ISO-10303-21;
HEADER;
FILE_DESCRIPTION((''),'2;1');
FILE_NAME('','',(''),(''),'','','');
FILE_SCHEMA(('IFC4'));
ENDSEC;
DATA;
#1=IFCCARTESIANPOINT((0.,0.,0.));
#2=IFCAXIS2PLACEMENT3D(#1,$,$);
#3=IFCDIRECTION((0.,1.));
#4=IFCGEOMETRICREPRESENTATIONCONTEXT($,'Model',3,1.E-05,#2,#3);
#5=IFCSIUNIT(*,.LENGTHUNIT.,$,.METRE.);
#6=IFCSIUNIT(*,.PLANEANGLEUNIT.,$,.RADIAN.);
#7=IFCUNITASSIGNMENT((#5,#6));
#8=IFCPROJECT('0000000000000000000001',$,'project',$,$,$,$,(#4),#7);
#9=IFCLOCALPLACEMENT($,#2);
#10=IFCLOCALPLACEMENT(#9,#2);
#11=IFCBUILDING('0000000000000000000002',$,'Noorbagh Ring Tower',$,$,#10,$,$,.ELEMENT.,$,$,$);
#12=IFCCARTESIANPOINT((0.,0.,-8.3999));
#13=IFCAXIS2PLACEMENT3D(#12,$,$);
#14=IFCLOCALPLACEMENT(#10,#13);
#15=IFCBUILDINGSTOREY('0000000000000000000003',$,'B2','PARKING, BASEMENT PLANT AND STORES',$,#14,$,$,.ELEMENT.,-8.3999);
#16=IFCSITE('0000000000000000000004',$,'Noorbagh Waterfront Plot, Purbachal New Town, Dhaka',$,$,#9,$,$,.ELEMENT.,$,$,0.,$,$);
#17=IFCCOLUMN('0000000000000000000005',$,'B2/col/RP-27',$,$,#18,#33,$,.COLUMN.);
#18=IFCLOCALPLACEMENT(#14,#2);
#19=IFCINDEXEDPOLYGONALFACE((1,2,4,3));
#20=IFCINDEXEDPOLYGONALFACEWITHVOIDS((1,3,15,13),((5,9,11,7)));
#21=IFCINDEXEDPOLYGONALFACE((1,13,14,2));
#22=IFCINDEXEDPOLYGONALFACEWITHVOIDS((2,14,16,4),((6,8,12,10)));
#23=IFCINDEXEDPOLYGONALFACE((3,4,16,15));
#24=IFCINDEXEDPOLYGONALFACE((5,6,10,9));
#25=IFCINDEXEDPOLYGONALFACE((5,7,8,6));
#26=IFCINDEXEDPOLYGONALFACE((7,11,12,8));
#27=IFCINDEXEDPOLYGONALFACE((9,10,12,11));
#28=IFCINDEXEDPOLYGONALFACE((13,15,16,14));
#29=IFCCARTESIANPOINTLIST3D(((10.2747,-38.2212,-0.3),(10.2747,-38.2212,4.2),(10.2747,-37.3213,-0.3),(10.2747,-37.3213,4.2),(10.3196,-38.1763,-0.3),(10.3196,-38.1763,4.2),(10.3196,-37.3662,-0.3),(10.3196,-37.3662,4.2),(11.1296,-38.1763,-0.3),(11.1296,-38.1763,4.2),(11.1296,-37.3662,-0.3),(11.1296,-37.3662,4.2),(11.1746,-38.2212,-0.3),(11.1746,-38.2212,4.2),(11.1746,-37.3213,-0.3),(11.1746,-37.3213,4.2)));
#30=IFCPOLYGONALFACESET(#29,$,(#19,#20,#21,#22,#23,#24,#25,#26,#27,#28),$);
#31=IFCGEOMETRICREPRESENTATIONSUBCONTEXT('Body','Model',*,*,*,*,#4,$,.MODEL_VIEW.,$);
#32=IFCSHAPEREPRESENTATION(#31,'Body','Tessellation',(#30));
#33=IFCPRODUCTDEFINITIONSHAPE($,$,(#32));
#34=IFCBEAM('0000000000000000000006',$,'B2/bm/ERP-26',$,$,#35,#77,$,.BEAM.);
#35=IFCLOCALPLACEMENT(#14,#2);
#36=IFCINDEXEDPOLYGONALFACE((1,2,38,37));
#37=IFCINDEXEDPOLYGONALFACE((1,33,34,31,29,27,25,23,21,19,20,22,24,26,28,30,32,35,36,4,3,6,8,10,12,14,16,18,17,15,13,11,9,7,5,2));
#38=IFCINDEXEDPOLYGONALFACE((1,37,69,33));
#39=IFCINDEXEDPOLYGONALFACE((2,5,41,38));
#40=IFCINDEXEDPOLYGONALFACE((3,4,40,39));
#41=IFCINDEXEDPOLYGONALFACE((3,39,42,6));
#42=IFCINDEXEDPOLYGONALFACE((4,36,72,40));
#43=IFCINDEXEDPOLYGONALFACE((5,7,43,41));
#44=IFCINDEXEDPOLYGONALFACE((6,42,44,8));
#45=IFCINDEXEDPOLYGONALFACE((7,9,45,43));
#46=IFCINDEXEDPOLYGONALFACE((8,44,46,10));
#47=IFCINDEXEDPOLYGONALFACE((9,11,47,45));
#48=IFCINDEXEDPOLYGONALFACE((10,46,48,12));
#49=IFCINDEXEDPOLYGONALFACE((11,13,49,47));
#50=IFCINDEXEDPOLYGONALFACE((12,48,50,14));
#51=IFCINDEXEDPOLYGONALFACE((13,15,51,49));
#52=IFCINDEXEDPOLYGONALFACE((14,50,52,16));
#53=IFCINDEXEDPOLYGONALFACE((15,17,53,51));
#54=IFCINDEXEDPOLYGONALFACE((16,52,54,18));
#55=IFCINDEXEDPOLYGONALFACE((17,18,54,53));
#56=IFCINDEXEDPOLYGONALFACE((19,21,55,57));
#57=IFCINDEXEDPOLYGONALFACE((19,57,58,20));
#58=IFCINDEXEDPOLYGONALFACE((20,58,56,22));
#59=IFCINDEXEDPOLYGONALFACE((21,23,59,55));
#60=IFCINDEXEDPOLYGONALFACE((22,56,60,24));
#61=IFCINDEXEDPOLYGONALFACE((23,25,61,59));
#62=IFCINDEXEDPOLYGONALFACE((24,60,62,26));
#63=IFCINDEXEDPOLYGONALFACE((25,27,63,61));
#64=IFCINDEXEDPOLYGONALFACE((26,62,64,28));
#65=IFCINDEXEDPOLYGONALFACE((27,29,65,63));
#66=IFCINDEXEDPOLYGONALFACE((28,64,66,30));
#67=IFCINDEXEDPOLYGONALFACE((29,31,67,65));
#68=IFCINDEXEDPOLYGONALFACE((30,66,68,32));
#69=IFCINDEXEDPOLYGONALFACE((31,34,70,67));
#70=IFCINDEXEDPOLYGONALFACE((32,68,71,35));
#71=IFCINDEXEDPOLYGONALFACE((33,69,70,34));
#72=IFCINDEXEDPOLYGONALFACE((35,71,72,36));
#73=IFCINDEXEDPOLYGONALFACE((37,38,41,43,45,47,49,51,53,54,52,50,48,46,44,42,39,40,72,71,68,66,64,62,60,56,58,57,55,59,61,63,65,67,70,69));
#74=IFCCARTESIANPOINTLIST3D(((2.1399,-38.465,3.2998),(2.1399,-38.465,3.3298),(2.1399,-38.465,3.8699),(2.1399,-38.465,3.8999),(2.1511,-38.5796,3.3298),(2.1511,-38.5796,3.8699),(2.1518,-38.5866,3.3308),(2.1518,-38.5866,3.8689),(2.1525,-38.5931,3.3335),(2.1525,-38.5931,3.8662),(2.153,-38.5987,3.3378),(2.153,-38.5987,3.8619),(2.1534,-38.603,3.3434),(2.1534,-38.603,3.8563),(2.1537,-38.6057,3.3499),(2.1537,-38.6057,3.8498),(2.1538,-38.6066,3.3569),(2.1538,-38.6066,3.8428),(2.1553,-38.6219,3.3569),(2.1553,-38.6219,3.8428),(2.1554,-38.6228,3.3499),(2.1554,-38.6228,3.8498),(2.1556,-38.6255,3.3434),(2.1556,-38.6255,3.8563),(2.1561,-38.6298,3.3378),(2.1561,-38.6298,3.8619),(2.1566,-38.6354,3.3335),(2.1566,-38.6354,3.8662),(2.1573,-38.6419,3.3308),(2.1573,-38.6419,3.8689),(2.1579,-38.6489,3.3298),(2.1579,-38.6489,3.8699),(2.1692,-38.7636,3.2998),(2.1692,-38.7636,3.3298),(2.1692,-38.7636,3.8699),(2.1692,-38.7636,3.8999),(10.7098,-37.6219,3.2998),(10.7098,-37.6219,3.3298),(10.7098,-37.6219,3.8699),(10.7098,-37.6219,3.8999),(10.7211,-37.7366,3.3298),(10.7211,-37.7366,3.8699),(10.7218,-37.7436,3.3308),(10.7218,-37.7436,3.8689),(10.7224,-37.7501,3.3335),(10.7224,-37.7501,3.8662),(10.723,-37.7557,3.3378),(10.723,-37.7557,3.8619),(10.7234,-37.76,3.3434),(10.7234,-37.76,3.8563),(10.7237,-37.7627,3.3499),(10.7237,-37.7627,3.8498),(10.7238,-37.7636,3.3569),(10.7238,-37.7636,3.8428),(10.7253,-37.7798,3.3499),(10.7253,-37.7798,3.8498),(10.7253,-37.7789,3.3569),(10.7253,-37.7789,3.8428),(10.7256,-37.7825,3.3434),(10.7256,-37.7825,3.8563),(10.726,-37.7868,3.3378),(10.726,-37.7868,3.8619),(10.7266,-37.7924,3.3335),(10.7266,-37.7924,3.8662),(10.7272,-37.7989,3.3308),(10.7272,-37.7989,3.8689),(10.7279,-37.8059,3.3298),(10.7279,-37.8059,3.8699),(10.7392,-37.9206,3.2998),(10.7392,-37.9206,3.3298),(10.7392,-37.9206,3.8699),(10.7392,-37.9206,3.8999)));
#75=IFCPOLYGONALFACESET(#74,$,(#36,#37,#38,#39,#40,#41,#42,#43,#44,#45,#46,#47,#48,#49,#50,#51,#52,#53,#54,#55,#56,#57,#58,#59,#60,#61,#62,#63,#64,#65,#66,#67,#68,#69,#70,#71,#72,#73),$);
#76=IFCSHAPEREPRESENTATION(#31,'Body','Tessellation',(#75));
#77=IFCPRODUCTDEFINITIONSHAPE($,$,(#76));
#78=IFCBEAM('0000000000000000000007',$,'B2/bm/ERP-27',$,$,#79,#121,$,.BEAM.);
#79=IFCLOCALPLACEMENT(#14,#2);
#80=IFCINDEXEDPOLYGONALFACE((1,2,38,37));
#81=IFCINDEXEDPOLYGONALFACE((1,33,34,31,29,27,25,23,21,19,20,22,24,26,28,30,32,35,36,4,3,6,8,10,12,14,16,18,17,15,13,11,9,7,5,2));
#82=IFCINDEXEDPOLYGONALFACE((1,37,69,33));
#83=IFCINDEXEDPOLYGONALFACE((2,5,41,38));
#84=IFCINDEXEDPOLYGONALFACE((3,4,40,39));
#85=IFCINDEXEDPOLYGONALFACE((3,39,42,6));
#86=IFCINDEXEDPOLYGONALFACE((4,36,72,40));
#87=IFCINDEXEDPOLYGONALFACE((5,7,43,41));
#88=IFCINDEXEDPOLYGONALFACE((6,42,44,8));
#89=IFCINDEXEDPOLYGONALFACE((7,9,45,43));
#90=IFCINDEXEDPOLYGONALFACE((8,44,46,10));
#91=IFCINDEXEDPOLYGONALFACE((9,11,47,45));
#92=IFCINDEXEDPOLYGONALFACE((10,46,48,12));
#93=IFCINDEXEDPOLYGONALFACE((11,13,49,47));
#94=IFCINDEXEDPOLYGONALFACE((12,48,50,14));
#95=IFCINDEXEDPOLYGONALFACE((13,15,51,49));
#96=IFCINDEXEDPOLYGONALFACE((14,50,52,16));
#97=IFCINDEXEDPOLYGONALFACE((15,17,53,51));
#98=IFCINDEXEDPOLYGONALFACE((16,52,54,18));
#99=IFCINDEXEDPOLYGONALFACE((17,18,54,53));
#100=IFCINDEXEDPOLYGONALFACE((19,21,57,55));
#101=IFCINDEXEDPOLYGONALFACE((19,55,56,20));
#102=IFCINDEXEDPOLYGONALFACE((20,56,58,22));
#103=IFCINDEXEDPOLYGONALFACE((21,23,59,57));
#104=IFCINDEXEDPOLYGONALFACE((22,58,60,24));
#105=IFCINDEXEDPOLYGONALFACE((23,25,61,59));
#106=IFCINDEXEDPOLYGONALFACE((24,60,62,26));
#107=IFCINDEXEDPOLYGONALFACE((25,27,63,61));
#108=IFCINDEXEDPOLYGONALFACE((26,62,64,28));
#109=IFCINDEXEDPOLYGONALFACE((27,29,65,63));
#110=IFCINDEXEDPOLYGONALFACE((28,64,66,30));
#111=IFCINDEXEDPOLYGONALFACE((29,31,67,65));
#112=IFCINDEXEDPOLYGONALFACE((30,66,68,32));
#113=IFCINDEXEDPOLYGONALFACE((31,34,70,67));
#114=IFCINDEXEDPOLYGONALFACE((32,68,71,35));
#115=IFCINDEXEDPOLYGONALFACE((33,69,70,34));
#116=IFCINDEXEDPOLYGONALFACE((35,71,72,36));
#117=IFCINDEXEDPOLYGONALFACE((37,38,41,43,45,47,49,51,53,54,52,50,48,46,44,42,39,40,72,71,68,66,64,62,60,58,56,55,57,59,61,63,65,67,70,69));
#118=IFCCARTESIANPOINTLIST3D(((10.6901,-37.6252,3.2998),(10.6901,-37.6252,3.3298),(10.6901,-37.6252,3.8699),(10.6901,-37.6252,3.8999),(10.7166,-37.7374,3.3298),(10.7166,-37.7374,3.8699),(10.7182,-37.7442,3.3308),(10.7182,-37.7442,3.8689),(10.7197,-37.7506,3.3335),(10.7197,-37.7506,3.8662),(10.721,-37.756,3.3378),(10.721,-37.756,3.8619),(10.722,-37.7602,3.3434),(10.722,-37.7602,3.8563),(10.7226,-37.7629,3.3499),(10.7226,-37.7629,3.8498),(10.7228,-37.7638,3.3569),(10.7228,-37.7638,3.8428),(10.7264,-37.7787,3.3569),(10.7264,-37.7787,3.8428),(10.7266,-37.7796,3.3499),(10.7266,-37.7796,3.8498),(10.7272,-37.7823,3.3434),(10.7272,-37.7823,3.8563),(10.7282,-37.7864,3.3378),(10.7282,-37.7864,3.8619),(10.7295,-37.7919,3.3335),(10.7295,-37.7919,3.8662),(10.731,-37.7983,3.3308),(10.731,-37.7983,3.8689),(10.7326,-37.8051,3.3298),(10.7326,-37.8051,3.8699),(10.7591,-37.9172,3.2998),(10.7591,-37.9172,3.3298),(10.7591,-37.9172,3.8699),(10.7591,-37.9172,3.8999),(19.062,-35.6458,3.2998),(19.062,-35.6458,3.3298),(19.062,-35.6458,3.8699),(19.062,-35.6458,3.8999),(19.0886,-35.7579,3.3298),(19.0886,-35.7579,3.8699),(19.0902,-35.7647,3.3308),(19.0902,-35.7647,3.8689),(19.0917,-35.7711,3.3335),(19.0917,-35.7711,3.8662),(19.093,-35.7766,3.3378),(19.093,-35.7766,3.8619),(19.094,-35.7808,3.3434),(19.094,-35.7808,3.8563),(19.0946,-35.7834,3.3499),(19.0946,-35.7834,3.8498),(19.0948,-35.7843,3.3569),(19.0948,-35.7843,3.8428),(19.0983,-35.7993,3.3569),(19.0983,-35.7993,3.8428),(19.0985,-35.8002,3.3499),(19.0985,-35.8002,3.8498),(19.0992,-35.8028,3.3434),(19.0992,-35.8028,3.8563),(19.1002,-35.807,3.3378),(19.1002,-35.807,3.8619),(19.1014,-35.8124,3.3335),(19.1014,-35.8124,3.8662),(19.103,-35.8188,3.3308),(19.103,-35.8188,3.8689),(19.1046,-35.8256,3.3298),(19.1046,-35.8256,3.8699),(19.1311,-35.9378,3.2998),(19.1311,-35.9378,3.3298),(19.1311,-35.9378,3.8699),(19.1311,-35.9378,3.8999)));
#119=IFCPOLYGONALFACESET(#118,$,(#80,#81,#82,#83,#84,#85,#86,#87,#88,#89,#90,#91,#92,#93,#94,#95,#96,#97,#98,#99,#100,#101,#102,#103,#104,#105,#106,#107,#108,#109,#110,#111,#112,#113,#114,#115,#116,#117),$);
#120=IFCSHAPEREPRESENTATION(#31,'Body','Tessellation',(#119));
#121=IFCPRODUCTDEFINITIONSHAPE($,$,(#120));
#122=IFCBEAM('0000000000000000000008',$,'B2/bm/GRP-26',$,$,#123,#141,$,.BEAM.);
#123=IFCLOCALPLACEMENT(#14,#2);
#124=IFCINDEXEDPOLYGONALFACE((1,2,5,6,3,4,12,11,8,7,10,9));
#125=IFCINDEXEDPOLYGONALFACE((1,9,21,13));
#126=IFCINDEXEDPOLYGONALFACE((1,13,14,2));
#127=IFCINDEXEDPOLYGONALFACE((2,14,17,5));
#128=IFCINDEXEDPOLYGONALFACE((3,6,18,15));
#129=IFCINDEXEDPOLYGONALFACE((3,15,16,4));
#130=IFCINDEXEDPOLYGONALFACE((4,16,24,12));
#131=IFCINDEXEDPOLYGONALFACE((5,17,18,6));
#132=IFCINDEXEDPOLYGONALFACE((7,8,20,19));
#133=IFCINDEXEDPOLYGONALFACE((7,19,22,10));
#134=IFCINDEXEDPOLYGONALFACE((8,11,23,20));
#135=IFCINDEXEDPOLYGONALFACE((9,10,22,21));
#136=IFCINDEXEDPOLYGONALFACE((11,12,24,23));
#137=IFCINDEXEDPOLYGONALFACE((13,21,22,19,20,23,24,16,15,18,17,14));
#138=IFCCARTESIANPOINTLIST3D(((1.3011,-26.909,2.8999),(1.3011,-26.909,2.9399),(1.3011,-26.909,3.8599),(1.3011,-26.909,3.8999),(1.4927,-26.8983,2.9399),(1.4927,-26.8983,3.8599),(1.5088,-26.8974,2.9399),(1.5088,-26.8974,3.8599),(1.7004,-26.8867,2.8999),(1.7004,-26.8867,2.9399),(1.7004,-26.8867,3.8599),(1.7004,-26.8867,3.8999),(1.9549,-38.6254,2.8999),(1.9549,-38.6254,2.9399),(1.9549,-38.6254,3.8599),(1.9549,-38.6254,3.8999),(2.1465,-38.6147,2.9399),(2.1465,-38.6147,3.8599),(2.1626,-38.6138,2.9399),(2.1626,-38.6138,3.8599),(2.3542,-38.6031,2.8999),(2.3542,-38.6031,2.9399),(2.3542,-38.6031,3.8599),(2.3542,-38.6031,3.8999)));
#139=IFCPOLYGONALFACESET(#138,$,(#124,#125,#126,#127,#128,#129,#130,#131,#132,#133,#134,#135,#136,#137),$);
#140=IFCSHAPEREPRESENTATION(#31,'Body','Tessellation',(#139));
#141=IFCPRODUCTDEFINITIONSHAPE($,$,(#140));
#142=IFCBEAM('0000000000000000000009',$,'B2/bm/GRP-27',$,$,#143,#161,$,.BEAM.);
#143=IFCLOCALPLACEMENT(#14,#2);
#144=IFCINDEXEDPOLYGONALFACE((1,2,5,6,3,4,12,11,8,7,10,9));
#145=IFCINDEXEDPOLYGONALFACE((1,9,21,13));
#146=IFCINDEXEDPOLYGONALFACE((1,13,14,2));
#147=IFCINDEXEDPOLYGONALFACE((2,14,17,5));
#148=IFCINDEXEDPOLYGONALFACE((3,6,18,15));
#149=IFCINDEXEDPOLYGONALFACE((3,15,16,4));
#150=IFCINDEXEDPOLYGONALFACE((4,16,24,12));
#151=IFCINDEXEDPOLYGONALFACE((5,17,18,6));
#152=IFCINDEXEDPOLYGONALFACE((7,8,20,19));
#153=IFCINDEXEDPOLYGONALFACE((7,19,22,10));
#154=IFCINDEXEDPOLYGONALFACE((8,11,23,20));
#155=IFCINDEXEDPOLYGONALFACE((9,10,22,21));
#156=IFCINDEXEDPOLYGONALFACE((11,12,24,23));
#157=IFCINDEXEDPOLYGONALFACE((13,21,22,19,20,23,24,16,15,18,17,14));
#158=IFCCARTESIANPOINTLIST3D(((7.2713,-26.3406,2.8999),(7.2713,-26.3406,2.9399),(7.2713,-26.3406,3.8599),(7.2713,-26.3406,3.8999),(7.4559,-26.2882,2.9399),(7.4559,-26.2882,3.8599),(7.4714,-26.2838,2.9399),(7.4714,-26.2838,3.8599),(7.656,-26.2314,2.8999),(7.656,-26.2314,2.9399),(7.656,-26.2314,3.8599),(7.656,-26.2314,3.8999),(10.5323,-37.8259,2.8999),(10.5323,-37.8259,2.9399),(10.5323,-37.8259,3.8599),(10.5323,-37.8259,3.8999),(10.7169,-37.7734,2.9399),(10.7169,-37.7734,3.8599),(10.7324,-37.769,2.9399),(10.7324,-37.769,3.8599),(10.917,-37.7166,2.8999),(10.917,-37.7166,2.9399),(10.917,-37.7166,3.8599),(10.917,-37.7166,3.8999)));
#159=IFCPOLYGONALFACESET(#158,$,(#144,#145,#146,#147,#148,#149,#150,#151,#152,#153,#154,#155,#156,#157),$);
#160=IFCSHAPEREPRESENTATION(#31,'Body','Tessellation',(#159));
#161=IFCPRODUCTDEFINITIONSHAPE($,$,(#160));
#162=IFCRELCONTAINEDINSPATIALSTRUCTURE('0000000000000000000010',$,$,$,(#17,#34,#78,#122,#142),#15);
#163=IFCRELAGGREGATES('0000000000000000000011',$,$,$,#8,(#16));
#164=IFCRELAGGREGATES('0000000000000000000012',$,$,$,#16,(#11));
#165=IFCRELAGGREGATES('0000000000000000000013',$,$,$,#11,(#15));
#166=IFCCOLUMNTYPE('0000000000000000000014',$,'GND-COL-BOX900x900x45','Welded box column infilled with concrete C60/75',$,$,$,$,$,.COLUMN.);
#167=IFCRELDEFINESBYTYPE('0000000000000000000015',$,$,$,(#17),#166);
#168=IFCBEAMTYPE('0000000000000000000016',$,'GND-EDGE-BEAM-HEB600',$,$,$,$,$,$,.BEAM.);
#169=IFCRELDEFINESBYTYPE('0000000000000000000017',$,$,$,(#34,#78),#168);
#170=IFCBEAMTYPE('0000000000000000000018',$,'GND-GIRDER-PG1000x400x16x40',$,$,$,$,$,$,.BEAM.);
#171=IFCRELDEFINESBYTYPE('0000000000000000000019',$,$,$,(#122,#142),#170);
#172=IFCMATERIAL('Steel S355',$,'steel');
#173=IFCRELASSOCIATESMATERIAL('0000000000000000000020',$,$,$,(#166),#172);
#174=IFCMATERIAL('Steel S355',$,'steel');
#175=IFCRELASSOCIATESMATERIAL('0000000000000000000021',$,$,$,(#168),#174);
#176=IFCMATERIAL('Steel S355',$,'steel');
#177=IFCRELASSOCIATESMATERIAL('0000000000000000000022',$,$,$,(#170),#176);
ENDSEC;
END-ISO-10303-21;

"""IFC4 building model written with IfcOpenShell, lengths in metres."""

from ifc_helpers import new_model, si_unit, direction, frame, origin, origin_2d, place, context, subcontext, project, spatial, hollow_rectangle, i_section, extrude, material, material_profile, profile_set, type_object, element, save


model = new_model("IFC4")

# Units and contexts
model_context = context("Model", 3, precision=1e-05, world=origin(), true_north=direction((0.0, 1.0)))
body_context = subcontext(model_context, "Body", "Model", "MODEL_VIEW")
ifc_project = project(units=[si_unit("LENGTHUNIT", "METRE"), si_unit("PLANEANGLEUNIT", "RADIAN")], contexts=[model_context])

# Site, building, storey
site_placement = place(None, origin())
site = spatial("IfcSite", under=ifc_project, at=site_placement, Name="Noorbagh Waterfront Plot, Purbachal New Town, Dhaka", CompositionType="ELEMENT", RefElevation=0.0)
building_placement = place(site_placement, origin())
building = spatial("IfcBuilding", under=site, at=building_placement, Name="Noorbagh Ring Tower", CompositionType="ELEMENT")
storey_placement = place(building_placement, frame((0.0, 0.0, -8.3999)))
storey = spatial("IfcBuildingStorey", under=building, at=storey_placement, Name="B2", Description="PARKING, BASEMENT PLANT AND STORES", CompositionType="ELEMENT", Elevation=-8.3999)

# Column
ifc_material_1 = material(Name="Steel S355", Category="steel")
ifc_material_profile_1 = material_profile(ifc_material_1, hollow_rectangle(XDim=0.8999, YDim=0.8999, WallThickness=0.0449, at=origin_2d()), Name="BOX900x900x45")
ifc_profile_set_1 = profile_set([ifc_material_profile_1], Name="Steel S355")
column_type = type_object("IfcColumnType", Name="GND-COL-BOX900x900x45", Description="Welded box column infilled with concrete C60/75", PredefinedType="COLUMN", material=ifc_profile_set_1)
for number, where, z_axis, x_axis, name in (
    (1, (10.7246, -37.7712, -0.3), (0.0, 0.0, 1.0), (1.0, 0.0, 0.0), "B2/col/RP-27"),
):
    element("IfcColumn", number, at=place(storey_placement, frame(where, z_axis=z_axis, x_axis=x_axis)), inside=storey, type_object=column_type, Name=name, PredefinedType="COLUMN", context=body_context, shape_type="SweptSolid", body=[
        extrude(hollow_rectangle(XDim=0.8999, YDim=0.8999, WallThickness=0.0449, at=origin_2d()), origin(), (0.0, 0.0, 1.0), 4.5),
    ])

# Beams
ifc_material_2 = material(Name="Steel S355", Category="steel")
ifc_material_profile_2 = material_profile(ifc_material_2, i_section(OverallWidth=0.3, OverallDepth=0.6001, WebThickness=0.0154, FlangeThickness=0.03, FilletRadius=0.0271, at=origin_2d()), Name="HEB600")
ifc_profile_set_2 = profile_set([ifc_material_profile_2], Name="Steel S355")
beam_type_1 = type_object("IfcBeamType", Name="GND-EDGE-BEAM-HEB600", PredefinedType="BEAM", material=ifc_profile_set_2)
beam_1_placement = place(storey_placement, frame((2.1545, -38.6143, 3.5999), z_axis=(0.995197, 0.097895, 0.0), x_axis=(-0.097895, 0.995197, 0.0)))
element("IfcBeam", 2, at=beam_1_placement, inside=storey, type_object=beam_type_1, Name="B2/bm/ERP-26", PredefinedType="BEAM", context=body_context, shape_type="SweptSolid", body=[
    extrude(i_section(OverallWidth=0.3, OverallDepth=0.6001, WebThickness=0.0154, FlangeThickness=0.03, FilletRadius=0.0271, at=origin_2d()), origin(), (0.0, 0.0, 1.0), 8.6113),
])
beam_2_placement = place(storey_placement, frame((10.7246, -37.7712, 3.5999), z_axis=(0.973168, 0.230096, 0.0), x_axis=(-0.230096, 0.973168, 0.0)))
element("IfcBeam", 3, at=beam_2_placement, inside=storey, type_object=beam_type_1, Name="B2/bm/ERP-27", PredefinedType="BEAM", context=body_context, shape_type="SweptSolid", body=[
    extrude(i_section(OverallWidth=0.3, OverallDepth=0.6001, WebThickness=0.0154, FlangeThickness=0.03, FilletRadius=0.0271, at=origin_2d()), origin(), (0.0, 0.0, 1.0), 8.6028),
])
ifc_material_3 = material(Name="Steel S355", Category="steel")
ifc_material_profile_3 = material_profile(ifc_material_3, i_section(OverallWidth=0.3999, OverallDepth=1.0, WebThickness=0.0161, FlangeThickness=0.04, at=origin_2d()), Name="PG1000x400x16x40")
ifc_profile_set_3 = profile_set([ifc_material_profile_3], Name="Steel S355")
beam_type_2 = type_object("IfcBeamType", Name="GND-GIRDER-PG1000x400x16x40", PredefinedType="BEAM", material=ifc_profile_set_3)
beam_3_placement = place(storey_placement, frame((2.1545, -38.6143, 3.3999), z_axis=(-0.055717, 0.998447, 0.0), x_axis=(-0.998447, -0.055717, 0.0)))
element("IfcBeam", 4, at=beam_3_placement, inside=storey, type_object=beam_type_2, Name="B2/bm/GRP-26", PredefinedType="BEAM", context=body_context, shape_type="SweptSolid", body=[
    extrude(i_section(OverallWidth=0.3999, OverallDepth=1.0, WebThickness=0.0161, FlangeThickness=0.04, at=origin_2d()), origin(), (0.0, 0.0, 1.0), 11.7346),
])
beam_4_placement = place(storey_placement, frame((10.7246, -37.7712, 3.3999), z_axis=(-0.27313, 0.961977, 0.0), x_axis=(-0.961977, -0.27313, 0.0)))
element("IfcBeam", 5, at=beam_4_placement, inside=storey, type_object=beam_type_2, Name="B2/bm/GRP-27", PredefinedType="BEAM", context=body_context, shape_type="SweptSolid", body=[
    extrude(i_section(OverallWidth=0.3999, OverallDepth=1.0, WebThickness=0.0161, FlangeThickness=0.04, at=origin_2d()), origin(), (0.0, 0.0, 1.0), 11.9392),
])

save(model, "model.ifc")
